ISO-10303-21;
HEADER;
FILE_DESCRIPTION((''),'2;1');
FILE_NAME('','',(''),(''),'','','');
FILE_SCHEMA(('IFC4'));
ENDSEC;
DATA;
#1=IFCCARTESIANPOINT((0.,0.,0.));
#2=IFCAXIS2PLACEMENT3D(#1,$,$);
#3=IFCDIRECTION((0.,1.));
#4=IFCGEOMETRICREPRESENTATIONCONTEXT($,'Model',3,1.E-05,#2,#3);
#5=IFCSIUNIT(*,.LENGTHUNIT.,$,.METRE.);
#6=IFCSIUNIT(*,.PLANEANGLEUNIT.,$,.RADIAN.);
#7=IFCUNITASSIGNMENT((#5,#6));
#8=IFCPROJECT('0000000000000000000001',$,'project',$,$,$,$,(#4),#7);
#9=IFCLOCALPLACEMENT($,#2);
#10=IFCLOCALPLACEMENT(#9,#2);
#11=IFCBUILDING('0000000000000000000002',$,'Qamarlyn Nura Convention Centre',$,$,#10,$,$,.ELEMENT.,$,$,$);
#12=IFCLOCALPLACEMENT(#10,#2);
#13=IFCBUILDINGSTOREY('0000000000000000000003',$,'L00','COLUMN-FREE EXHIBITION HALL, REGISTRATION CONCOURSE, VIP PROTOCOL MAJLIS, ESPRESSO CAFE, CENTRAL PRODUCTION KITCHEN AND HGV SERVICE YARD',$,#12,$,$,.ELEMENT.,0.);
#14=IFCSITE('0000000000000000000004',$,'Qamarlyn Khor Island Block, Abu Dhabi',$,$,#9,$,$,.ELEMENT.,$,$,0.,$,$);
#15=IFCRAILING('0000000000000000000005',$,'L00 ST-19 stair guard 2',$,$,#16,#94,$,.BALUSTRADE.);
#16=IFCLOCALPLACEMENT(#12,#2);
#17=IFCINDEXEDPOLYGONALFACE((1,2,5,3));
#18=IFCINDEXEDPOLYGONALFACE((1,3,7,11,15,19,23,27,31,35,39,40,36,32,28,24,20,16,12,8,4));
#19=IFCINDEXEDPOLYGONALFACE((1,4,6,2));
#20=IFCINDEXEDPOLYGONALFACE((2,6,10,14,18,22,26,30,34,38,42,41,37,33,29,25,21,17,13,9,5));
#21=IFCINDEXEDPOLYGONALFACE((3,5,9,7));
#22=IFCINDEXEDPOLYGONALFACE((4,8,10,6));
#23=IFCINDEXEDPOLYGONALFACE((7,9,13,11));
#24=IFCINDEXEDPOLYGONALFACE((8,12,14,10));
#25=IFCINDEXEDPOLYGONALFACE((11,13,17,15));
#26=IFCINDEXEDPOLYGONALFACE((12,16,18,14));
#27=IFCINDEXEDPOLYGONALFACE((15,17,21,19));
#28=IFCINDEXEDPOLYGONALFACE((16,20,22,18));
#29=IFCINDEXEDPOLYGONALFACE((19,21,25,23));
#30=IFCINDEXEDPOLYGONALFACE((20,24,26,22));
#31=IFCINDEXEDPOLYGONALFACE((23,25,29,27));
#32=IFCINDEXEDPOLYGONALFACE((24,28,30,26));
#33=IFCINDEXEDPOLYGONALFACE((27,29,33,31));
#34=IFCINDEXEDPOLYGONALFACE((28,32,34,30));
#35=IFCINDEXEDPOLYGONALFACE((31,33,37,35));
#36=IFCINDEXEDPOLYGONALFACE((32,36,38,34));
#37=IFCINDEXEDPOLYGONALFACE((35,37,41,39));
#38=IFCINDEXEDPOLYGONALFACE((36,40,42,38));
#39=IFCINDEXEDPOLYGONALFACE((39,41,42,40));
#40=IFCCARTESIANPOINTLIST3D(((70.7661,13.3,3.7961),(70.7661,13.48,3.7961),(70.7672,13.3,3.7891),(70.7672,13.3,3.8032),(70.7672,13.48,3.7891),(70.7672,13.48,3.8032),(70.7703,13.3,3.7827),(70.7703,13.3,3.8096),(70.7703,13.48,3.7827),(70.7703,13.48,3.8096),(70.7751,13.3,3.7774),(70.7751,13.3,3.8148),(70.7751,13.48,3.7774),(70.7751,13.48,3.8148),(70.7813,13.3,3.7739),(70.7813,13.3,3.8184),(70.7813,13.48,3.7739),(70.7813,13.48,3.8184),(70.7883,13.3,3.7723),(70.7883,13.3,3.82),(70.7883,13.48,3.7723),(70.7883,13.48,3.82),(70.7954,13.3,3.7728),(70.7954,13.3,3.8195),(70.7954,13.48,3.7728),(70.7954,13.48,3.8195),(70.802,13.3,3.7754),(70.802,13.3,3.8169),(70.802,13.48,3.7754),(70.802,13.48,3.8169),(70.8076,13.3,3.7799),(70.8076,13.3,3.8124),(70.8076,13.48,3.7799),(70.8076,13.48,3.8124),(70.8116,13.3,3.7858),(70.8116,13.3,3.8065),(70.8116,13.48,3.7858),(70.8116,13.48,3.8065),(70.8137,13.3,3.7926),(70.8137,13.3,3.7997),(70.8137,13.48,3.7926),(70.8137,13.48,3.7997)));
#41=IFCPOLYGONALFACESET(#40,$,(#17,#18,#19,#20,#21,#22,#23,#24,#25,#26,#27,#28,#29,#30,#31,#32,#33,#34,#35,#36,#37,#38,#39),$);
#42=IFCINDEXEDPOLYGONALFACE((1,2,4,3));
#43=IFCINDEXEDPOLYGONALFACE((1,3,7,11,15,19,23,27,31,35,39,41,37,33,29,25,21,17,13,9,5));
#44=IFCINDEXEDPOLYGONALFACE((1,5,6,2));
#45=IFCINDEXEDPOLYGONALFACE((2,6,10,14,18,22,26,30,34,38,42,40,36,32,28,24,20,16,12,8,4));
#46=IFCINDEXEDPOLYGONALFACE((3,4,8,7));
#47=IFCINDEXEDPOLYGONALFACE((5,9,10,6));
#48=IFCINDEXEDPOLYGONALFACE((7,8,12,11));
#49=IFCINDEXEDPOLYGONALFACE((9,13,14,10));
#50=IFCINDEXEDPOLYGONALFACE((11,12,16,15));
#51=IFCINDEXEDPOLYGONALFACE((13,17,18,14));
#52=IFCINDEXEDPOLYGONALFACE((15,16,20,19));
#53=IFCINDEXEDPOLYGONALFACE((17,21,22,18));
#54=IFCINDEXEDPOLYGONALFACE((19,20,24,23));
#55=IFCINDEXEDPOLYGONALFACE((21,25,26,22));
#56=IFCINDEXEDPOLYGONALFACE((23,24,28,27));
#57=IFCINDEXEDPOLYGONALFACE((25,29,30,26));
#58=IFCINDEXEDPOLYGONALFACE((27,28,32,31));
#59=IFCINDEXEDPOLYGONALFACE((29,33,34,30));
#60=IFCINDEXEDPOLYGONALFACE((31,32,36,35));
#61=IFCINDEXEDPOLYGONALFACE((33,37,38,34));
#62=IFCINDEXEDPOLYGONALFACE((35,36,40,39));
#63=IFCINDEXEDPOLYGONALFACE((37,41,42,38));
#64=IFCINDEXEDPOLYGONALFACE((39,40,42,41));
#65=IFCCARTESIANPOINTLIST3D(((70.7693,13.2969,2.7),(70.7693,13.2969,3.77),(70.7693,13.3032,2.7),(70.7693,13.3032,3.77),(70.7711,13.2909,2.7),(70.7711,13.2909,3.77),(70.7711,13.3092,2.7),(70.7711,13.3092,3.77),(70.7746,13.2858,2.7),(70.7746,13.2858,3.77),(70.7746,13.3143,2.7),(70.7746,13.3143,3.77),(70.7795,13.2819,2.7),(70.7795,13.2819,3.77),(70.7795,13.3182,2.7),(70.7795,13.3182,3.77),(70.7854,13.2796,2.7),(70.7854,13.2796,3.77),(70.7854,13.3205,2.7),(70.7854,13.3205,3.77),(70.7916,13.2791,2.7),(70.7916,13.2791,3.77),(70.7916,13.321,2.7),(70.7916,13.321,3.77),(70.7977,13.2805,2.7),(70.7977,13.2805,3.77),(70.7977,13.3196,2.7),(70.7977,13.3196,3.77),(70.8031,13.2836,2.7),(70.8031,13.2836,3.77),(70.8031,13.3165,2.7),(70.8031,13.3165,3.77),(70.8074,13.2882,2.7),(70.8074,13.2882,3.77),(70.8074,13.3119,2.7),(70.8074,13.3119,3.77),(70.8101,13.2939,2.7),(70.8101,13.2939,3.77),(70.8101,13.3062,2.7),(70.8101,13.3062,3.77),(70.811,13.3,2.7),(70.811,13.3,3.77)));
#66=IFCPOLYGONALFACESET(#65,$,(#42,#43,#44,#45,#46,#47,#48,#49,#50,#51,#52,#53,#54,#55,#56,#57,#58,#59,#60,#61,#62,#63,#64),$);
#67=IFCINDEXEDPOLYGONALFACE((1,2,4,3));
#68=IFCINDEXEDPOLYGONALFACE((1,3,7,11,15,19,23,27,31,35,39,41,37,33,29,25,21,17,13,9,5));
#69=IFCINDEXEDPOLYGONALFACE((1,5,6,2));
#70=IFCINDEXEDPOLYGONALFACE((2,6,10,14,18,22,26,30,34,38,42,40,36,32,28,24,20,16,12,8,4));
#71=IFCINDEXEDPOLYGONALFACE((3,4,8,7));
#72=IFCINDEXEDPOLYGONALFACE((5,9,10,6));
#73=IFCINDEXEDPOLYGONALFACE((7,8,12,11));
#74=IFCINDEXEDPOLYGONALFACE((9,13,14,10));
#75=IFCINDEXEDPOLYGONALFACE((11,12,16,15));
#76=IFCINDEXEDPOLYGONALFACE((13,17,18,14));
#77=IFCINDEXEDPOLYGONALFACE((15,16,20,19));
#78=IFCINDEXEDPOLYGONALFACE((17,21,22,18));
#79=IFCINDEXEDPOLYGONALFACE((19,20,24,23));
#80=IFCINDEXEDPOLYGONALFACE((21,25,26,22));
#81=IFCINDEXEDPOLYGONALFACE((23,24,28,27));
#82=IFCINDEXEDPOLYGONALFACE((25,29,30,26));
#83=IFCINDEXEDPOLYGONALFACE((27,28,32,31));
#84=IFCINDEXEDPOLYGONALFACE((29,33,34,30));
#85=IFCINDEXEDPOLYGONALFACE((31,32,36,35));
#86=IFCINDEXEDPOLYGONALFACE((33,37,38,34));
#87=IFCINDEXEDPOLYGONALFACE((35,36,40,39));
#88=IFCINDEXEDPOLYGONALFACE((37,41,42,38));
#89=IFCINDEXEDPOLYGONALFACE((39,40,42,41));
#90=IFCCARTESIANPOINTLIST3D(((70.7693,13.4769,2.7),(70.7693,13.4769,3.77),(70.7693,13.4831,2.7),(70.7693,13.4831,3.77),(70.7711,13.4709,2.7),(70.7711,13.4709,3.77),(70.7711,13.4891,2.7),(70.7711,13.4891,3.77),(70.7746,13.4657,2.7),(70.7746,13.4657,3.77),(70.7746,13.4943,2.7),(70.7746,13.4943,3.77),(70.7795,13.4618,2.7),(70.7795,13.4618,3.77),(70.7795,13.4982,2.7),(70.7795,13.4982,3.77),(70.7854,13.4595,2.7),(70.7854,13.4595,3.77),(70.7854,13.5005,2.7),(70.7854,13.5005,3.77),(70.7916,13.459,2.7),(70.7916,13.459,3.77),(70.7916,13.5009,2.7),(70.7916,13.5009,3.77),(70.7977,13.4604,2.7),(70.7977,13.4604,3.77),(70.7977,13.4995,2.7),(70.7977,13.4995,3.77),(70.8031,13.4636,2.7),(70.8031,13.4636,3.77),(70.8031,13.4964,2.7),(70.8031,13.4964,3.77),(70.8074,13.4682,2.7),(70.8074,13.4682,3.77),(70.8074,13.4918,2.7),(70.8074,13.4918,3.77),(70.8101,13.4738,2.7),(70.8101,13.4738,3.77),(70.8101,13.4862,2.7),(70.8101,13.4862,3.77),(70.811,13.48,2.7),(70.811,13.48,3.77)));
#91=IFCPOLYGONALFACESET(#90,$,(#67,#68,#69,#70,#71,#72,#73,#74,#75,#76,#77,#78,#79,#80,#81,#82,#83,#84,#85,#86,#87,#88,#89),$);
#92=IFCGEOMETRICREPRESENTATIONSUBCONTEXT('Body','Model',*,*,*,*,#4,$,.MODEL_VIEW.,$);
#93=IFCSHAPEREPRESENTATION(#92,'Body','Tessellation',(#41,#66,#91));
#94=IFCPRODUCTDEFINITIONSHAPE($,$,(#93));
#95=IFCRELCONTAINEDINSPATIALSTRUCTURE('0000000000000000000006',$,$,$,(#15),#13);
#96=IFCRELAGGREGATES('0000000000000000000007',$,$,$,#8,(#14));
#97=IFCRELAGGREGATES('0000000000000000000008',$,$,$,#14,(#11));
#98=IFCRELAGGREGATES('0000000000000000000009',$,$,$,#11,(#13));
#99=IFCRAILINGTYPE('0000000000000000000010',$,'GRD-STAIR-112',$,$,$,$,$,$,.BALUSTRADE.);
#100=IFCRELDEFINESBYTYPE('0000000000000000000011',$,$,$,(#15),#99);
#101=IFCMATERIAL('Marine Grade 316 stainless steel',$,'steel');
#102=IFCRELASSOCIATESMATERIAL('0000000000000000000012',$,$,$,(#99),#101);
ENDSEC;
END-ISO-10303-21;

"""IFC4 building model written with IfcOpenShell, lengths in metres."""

from ifc_helpers import new_model, si_unit, direction, frame, origin, origin_2d, place, context, subcontext, project, spatial, circle, extrude, material, type_object, element, save


model = new_model("IFC4")

# Units and contexts
model_context = context("Model", 3, precision=1e-05, world=origin(), true_north=direction((0.0, 1.0)))
body_context = subcontext(model_context, "Body", "Model", "MODEL_VIEW")
ifc_project = project(units=[si_unit("LENGTHUNIT", "METRE"), si_unit("PLANEANGLEUNIT", "RADIAN")], contexts=[model_context])

# Site, building, storey
site_placement = place(None, origin())
site = spatial("IfcSite", under=ifc_project, at=site_placement, Name="Qamarlyn Khor Island Block, Abu Dhabi", CompositionType="ELEMENT", RefElevation=0.0)
building_placement = place(site_placement, origin())
building = spatial("IfcBuilding", under=site, at=building_placement, Name="Qamarlyn Nura Convention Centre", CompositionType="ELEMENT")
storey_placement = place(building_placement, origin())
storey = spatial("IfcBuildingStorey", under=building, at=storey_placement, Name="L00", Description="COLUMN-FREE EXHIBITION HALL, REGISTRATION CONCOURSE, VIP PROTOCOL MAJLIS, ESPRESSO CAFE, CENTRAL PRODUCTION KITCHEN AND HGV SERVICE YARD", CompositionType="ELEMENT", Elevation=0.0)

# Railing
ifc_material_1 = material(Name="Marine Grade 316 stainless steel", Category="steel")
railing_type_1 = type_object("IfcRailingType", Name="GRD-STAIR-112", PredefinedType="BALUSTRADE", material=ifc_material_1)
railing_1_placement = place(storey_placement, frame((70.79, 13.3, 2.7)))
element("IfcRailing", 1, at=railing_1_placement, inside=storey, type_object=railing_type_1, Name="L00 ST-19 stair guard 2", PredefinedType="BALUSTRADE", context=body_context, shape_type="SweptSolid", body=[
    extrude(circle(Radius=0.0239, at=origin_2d()), frame((0.0, 0.0, 1.0962), z_axis=(0.0, 1.0, 0.0), x_axis=(-1.0, 0.0, 0.0)), (0.0, 0.0, 1.0), 0.1799),
    extrude(circle(Radius=0.021, at=origin_2d()), origin(), (0.0, 0.0, 1.0), 1.0701),
    extrude(circle(Radius=0.021, at=origin_2d()), frame((0.0, 0.1799, 0.0)), (0.0, 0.0, 1.0), 1.0701),
])

save(model, "model.ifc")
